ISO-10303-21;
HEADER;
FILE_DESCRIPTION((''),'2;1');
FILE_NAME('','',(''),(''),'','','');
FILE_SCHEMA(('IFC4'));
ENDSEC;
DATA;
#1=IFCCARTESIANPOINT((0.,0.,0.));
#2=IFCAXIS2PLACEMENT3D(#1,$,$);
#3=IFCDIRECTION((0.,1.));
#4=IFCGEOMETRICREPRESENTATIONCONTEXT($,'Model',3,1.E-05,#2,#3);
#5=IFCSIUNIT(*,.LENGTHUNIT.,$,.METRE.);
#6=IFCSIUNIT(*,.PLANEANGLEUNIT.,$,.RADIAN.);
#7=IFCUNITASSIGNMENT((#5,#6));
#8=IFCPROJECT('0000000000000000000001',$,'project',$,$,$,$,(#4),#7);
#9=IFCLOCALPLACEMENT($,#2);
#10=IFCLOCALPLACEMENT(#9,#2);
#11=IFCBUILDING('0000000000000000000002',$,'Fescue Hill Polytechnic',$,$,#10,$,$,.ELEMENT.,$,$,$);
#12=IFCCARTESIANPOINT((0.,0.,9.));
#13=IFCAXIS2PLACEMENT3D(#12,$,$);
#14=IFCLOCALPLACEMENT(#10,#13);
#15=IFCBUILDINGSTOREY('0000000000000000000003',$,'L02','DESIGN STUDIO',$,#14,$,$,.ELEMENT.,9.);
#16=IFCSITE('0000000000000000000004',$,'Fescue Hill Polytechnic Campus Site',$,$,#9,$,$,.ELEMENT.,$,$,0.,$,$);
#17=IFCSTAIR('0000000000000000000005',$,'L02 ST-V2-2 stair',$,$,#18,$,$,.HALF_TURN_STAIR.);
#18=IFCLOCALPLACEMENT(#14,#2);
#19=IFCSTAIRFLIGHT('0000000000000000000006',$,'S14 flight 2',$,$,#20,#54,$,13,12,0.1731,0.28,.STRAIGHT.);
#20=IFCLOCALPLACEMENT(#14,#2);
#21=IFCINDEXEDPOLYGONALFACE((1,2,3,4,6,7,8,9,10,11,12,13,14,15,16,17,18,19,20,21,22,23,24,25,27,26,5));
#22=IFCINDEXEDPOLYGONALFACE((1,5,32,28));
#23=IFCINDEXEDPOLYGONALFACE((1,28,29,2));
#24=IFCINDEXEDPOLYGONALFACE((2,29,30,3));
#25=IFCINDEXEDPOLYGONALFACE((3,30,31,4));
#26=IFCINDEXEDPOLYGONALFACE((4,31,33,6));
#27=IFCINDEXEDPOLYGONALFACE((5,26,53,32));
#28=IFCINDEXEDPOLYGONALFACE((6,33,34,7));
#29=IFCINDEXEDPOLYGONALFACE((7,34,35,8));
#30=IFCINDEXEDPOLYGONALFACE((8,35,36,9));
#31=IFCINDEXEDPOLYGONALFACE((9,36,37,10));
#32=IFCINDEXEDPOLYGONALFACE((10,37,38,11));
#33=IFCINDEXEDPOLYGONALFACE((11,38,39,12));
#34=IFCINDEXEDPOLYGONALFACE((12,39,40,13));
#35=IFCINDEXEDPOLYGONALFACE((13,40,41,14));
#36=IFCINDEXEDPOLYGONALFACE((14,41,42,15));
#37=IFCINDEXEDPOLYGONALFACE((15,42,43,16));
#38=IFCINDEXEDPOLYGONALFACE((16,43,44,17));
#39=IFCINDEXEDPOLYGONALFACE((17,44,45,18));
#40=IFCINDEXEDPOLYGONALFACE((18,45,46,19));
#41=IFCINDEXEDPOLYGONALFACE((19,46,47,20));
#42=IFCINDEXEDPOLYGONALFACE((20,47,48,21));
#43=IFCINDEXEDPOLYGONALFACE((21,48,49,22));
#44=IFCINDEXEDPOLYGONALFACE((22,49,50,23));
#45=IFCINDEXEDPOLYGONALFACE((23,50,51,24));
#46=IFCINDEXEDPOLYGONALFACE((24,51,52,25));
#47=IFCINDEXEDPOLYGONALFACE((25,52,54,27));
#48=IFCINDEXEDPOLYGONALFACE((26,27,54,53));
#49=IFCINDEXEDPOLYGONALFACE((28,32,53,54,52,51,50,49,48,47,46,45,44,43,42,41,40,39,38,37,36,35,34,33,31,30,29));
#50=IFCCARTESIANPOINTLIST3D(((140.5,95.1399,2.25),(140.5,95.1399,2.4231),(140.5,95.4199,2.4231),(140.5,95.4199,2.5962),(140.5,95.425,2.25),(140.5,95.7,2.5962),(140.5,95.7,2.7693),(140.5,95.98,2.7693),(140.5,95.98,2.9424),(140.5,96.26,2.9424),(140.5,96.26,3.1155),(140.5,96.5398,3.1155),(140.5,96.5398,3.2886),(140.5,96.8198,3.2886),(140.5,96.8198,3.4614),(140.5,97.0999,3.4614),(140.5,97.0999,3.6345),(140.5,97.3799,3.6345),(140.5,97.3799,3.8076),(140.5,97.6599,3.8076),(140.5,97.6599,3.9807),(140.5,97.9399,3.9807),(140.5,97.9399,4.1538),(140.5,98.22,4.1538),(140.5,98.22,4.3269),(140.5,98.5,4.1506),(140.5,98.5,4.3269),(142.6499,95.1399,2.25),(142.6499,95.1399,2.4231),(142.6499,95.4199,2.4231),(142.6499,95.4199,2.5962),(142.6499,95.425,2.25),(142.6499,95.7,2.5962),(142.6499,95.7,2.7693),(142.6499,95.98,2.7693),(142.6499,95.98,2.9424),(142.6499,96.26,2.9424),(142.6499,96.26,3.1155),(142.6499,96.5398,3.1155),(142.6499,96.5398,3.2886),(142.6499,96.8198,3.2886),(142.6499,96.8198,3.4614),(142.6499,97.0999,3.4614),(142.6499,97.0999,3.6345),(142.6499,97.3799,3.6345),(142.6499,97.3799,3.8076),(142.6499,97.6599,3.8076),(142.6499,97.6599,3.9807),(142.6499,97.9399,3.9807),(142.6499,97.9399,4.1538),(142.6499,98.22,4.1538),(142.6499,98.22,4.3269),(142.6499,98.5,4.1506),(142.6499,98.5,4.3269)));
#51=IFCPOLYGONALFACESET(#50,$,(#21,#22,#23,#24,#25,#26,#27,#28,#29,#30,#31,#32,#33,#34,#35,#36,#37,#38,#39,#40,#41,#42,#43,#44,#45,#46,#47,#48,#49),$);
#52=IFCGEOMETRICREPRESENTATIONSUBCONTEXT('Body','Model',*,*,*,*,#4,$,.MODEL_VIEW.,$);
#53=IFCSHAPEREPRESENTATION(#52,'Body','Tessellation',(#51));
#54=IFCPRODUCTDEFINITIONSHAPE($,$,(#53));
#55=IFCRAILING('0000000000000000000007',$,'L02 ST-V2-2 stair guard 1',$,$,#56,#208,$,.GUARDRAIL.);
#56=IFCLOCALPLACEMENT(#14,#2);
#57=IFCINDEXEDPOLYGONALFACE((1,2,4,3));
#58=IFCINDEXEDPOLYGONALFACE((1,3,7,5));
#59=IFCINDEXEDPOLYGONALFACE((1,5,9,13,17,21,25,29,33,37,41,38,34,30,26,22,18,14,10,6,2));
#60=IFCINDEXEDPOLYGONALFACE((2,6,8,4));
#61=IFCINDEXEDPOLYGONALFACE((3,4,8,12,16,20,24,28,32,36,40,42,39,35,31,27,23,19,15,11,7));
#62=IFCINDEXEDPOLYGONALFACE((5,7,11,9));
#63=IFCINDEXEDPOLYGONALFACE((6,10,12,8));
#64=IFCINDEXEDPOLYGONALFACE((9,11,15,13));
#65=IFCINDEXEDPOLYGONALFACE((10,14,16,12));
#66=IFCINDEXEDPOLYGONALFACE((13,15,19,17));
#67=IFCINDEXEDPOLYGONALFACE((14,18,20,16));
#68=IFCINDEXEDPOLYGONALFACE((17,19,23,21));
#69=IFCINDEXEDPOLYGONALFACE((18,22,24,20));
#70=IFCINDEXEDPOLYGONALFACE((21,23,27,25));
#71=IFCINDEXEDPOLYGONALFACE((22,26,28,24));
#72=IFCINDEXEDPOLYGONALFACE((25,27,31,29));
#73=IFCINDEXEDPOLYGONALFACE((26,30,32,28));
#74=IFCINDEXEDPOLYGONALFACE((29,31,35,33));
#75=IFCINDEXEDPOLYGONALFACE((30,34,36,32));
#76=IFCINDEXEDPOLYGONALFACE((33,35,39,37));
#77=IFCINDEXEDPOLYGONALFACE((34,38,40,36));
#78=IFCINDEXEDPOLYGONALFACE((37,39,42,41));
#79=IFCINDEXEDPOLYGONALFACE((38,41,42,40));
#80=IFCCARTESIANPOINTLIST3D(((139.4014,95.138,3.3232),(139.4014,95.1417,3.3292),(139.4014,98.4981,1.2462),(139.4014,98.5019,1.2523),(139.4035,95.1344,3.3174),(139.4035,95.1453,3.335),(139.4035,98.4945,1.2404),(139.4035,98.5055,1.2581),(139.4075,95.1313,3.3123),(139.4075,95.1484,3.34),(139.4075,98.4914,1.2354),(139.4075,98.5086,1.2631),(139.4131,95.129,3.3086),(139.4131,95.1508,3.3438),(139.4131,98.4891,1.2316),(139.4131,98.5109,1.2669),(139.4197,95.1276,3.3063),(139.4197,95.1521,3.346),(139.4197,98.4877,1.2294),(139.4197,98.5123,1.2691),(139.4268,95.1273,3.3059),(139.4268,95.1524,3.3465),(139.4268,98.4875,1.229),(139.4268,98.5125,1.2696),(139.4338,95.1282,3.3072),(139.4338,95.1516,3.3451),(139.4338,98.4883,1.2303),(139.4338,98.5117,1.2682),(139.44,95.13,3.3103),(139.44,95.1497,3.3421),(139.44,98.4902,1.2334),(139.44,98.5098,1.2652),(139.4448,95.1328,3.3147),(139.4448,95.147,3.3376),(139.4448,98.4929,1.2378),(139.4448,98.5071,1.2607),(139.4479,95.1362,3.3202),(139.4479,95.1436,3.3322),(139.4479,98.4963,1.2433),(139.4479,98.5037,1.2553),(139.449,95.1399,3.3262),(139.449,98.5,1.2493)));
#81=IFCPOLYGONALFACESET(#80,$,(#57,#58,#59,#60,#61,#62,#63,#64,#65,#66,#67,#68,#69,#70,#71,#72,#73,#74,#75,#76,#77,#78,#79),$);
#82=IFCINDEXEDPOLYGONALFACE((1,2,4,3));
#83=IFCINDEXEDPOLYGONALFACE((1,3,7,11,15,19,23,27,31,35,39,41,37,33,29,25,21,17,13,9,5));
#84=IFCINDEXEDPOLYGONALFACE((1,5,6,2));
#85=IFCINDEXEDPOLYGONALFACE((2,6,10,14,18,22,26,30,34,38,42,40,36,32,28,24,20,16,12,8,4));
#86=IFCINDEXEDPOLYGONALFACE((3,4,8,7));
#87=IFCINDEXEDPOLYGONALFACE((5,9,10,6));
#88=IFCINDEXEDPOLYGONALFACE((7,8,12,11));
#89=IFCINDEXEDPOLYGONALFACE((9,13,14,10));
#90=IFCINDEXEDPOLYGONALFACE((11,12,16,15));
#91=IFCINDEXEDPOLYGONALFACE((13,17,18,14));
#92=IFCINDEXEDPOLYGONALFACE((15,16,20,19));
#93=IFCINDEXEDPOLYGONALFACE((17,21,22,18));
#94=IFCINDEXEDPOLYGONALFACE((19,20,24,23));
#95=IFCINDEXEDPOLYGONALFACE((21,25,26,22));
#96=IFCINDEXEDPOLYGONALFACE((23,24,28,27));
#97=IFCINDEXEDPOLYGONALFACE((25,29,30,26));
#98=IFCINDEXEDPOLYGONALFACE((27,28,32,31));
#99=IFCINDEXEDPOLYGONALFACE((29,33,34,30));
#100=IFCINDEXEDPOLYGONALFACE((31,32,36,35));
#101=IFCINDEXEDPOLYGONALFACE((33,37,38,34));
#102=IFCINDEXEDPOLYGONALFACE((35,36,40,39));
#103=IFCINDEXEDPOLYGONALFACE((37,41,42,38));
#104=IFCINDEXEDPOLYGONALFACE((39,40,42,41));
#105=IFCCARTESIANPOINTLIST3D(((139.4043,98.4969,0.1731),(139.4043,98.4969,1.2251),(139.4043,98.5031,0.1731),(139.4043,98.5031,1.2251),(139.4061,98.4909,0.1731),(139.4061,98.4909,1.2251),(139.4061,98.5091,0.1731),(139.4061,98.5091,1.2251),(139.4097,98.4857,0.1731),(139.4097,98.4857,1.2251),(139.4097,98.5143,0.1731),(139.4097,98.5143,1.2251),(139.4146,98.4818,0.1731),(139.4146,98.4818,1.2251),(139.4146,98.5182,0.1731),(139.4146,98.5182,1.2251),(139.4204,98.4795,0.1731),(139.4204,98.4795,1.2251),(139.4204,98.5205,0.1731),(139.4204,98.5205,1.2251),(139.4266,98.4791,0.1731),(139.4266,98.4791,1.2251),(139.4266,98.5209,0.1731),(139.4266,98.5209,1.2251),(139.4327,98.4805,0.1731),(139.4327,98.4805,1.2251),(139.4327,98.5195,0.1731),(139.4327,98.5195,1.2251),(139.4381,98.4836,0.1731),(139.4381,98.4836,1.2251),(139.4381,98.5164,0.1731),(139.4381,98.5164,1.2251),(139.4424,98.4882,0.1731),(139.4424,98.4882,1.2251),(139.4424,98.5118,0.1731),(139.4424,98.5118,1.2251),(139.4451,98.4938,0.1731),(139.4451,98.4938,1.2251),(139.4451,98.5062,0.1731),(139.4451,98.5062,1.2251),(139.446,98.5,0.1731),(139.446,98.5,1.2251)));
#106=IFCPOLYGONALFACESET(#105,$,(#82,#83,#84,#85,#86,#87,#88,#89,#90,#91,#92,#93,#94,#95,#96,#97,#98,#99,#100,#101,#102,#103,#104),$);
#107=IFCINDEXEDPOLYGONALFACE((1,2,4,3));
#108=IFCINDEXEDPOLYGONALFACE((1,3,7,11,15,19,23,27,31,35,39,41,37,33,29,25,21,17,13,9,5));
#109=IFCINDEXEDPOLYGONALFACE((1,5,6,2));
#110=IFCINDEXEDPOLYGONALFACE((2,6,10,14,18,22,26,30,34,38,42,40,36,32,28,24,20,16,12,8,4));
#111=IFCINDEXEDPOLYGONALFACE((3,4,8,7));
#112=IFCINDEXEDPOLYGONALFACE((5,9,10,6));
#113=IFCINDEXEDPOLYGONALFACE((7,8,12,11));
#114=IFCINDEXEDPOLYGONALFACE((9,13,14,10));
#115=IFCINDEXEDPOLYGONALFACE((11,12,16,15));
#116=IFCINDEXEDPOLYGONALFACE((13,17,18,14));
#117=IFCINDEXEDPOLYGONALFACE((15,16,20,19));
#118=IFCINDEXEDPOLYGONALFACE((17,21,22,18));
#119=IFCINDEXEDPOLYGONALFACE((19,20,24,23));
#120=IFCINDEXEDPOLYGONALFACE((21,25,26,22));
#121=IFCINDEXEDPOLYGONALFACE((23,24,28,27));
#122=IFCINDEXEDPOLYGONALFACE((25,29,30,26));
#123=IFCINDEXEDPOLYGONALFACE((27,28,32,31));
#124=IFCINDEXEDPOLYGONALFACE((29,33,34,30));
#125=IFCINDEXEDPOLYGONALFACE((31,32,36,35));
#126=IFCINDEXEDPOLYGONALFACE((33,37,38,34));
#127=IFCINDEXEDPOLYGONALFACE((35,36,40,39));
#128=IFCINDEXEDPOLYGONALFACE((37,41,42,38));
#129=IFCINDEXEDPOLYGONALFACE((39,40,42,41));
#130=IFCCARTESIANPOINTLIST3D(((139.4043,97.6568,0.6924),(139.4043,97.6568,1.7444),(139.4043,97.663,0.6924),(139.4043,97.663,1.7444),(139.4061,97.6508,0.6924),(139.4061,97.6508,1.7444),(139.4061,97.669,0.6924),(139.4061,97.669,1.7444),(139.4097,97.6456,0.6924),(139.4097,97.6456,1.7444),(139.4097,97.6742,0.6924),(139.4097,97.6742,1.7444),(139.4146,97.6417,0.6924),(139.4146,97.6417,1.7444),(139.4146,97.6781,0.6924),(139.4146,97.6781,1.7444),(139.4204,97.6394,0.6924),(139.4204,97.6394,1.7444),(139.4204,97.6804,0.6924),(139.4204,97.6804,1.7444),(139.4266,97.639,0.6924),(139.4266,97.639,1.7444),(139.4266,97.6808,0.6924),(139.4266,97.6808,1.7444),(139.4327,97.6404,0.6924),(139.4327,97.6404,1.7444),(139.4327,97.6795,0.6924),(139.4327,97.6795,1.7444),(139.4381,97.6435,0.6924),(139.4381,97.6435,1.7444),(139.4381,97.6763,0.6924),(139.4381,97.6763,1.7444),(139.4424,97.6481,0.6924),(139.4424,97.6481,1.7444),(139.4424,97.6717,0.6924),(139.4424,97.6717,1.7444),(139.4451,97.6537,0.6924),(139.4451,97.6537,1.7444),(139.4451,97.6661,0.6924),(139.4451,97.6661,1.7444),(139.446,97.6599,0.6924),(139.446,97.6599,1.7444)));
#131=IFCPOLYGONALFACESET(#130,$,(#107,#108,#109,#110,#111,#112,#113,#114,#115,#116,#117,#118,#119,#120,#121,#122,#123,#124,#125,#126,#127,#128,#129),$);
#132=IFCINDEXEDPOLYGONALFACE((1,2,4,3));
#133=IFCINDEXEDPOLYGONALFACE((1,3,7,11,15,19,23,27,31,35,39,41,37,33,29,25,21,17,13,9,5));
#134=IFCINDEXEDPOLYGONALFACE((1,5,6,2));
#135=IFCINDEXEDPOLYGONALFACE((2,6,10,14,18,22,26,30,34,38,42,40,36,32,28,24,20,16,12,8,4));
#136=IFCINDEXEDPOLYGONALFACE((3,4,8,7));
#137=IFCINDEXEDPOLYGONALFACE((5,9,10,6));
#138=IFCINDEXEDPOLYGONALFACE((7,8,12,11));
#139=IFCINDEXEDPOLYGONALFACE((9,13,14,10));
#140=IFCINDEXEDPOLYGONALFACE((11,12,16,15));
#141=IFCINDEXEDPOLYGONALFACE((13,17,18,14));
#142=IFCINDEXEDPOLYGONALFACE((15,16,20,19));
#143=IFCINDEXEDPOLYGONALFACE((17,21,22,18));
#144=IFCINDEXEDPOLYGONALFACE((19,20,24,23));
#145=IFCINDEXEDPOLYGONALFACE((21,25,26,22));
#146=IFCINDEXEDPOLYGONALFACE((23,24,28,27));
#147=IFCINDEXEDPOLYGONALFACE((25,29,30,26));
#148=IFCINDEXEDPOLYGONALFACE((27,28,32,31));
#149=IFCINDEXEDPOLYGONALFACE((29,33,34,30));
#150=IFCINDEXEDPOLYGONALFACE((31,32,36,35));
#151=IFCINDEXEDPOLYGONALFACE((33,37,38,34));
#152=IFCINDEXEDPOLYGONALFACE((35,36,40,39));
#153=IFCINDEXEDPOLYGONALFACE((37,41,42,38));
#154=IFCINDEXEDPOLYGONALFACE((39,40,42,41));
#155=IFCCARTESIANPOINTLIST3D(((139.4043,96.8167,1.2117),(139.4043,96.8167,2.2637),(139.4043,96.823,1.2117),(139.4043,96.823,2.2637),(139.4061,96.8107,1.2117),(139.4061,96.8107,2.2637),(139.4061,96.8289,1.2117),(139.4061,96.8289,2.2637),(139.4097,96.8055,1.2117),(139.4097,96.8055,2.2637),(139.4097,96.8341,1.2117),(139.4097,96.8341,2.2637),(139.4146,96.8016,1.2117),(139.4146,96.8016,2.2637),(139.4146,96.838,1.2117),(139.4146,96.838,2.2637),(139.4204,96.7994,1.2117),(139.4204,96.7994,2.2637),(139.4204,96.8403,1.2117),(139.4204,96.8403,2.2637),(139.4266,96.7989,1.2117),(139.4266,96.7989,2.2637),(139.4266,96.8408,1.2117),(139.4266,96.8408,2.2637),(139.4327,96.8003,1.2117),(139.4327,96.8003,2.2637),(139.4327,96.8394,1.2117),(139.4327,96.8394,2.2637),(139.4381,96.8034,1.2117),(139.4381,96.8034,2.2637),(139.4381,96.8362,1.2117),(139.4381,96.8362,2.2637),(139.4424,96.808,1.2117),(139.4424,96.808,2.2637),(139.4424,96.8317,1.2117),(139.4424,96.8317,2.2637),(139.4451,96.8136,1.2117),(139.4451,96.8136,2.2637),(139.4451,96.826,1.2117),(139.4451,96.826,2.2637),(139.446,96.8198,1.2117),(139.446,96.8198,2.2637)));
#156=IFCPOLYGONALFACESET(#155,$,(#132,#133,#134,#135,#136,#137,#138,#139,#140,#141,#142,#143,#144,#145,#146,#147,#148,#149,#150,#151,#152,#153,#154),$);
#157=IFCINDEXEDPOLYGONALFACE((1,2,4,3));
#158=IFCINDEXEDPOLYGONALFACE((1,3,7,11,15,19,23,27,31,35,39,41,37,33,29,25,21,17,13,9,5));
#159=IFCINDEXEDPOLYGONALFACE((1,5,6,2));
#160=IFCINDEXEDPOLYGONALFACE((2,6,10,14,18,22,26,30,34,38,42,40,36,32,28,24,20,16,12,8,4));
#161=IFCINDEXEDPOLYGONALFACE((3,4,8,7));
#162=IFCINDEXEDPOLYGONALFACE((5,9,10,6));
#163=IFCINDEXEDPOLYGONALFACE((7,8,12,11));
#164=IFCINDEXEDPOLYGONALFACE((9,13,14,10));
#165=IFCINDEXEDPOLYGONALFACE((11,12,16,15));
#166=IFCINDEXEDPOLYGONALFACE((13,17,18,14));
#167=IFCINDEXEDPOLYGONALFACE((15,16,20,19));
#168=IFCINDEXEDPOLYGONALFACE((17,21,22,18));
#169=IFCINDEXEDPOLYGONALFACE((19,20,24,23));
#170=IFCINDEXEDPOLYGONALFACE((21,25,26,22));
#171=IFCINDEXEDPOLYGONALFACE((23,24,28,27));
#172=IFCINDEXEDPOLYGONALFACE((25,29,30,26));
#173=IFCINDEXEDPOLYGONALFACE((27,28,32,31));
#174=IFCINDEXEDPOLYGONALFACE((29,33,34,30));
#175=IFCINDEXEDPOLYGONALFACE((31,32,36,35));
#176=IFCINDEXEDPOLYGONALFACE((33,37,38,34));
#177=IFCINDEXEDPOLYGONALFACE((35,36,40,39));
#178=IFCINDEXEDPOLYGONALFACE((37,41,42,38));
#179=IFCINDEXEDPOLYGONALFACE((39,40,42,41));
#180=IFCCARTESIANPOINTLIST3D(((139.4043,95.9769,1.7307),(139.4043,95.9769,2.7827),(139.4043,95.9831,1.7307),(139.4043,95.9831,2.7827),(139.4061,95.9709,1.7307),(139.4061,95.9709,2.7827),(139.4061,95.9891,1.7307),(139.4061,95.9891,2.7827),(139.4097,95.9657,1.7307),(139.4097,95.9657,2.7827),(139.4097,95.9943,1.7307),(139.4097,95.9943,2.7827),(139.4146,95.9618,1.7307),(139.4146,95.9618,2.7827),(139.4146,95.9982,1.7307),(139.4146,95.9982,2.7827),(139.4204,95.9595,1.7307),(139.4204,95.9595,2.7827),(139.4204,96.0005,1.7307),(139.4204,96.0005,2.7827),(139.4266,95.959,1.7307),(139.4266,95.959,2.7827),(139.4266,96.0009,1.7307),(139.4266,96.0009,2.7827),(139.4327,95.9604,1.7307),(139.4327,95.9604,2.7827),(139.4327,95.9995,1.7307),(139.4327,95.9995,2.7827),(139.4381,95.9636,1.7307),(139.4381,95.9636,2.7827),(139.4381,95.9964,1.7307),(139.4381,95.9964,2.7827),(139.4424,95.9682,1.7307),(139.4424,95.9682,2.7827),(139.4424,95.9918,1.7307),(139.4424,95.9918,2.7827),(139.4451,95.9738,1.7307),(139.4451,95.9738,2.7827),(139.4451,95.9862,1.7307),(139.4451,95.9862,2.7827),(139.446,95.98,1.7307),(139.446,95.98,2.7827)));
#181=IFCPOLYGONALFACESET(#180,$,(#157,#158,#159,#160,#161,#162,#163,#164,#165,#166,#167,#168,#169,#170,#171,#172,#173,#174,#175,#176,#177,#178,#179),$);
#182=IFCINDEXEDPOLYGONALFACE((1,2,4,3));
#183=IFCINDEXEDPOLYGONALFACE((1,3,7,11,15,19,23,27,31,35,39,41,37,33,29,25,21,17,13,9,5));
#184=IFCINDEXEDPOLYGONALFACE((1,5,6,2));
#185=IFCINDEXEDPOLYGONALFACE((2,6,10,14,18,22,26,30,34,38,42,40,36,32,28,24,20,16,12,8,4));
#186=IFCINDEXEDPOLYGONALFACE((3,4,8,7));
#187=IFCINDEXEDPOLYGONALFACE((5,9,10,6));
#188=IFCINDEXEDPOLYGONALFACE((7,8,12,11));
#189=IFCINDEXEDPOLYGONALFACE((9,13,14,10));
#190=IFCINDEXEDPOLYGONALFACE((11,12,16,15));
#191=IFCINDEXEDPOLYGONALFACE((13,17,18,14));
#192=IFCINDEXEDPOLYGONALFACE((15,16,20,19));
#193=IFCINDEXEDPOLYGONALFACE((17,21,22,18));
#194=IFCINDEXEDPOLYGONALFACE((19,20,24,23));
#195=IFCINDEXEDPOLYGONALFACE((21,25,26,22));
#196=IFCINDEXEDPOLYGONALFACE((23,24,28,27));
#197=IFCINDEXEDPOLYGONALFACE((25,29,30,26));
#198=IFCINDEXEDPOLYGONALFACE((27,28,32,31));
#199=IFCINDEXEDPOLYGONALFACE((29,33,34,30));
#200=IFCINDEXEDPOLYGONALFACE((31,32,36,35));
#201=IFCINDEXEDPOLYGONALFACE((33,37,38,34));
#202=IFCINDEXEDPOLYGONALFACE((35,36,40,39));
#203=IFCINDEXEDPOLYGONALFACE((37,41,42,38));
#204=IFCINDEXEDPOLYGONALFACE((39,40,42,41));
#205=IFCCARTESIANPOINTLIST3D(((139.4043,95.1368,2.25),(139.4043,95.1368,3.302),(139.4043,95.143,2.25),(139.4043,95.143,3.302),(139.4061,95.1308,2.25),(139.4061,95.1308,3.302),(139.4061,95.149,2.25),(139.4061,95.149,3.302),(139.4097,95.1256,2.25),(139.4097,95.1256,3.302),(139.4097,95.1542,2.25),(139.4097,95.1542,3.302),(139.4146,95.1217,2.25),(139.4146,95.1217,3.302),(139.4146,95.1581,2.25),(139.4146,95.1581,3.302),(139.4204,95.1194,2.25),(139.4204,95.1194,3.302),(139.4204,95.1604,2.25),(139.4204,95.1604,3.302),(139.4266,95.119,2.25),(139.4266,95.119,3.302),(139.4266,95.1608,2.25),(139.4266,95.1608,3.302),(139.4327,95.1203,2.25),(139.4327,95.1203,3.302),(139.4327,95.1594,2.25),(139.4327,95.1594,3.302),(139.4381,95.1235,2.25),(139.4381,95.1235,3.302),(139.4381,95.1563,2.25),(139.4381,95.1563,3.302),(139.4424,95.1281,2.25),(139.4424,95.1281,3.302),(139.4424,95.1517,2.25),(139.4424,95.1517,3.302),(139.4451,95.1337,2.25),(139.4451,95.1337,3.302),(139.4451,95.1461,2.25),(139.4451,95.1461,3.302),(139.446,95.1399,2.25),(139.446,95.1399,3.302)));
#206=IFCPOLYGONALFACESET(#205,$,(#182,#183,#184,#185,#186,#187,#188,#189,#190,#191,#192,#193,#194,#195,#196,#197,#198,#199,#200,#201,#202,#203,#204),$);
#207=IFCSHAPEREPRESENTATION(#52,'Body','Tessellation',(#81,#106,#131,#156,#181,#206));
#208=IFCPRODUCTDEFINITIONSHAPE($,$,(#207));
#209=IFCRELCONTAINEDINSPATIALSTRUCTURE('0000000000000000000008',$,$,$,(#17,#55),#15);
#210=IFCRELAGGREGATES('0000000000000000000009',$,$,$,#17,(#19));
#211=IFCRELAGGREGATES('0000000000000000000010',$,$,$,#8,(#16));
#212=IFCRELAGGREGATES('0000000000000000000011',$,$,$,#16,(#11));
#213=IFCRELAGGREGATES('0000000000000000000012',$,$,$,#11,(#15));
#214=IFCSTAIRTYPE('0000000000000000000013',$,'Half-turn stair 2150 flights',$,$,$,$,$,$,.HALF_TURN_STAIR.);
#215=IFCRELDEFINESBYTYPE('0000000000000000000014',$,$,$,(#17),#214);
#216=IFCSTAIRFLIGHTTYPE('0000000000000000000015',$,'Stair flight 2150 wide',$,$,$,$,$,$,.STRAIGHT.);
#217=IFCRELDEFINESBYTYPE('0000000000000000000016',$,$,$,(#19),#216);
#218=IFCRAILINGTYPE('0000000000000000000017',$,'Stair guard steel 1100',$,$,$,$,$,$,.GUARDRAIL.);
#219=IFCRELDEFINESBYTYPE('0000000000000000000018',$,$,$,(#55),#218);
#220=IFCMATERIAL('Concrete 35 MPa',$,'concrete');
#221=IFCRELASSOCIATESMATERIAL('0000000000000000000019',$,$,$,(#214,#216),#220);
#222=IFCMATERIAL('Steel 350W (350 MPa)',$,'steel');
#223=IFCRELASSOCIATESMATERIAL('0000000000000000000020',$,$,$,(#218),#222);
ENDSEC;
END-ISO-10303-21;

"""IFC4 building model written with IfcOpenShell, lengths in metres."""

from ifc_helpers import new_model, si_unit, direction, frame, origin, origin_2d, place, context, subcontext, project, spatial, polyline, circle, outline, extrude, material, type_object, element, aggregate, save


model = new_model("IFC4")

# Units and contexts
model_context = context("Model", 3, precision=1e-05, world=origin(), true_north=direction((0.0, 1.0)))
body_context = subcontext(model_context, "Body", "Model", "MODEL_VIEW")
ifc_project = project(units=[si_unit("LENGTHUNIT", "METRE"), si_unit("PLANEANGLEUNIT", "RADIAN")], contexts=[model_context])

# Site, building, storey
site_placement = place(None, origin())
site = spatial("IfcSite", under=ifc_project, at=site_placement, Name="Fescue Hill Polytechnic Campus Site", CompositionType="ELEMENT", RefElevation=0.0)
building_placement = place(site_placement, origin())
building = spatial("IfcBuilding", under=site, at=building_placement, Name="Fescue Hill Polytechnic", CompositionType="ELEMENT")
storey_placement = place(building_placement, frame((0.0, 0.0, 9.0)))
storey = spatial("IfcBuildingStorey", under=building, at=storey_placement, Name="L02", Description="DESIGN STUDIO", CompositionType="ELEMENT", Elevation=9.0)

# Shared definitions
ifc_material_1 = material(Name="Concrete 35 MPa", Category="concrete")

# Stair, stair flight
stair_type = type_object("IfcStairType", Name="Half-turn stair 2150 flights", PredefinedType="HALF_TURN_STAIR", material=ifc_material_1)
stair_placement = place(storey_placement, origin())
stair = element("IfcStair", 1, at=stair_placement, inside=storey, type_object=stair_type, Name="L02 ST-V2-2 stair", PredefinedType="HALF_TURN_STAIR")
stair_flight_type = type_object("IfcStairFlightType", Name="Stair flight 2150 wide", PredefinedType="STRAIGHT", material=ifc_material_1)
stair_flight_1_placement = place(storey_placement, frame((141.575, 95.1399, 2.25), z_axis=(0.0, 0.0, 1.0), x_axis=(0.0, 1.0, 0.0)))
stair_flight_1 = element("IfcStairFlight", 2, at=stair_flight_1_placement, type_object=stair_flight_type, Name="S14 flight 2", NumberOfRisers=13, NumberOfTreads=12, PredefinedType="STRAIGHT", RiserHeight=0.1731, TreadLength=0.28, context=body_context, shape_type="SweptSolid", body=[
    extrude(outline(polyline([(0.0, 0.0), (0.0, 0.1731), (0.28, 0.1731), (0.28, 0.3462), (0.5601, 0.3462), (0.5601, 0.5193), (0.8401, 0.5193), (0.8401, 0.6924), (1.1201, 0.6924), (1.1201, 0.8655), (1.3999, 0.8655), (1.3999, 1.0386), (1.6799, 1.0386), (1.6799, 1.2114), (1.96, 1.2114), (1.96, 1.3845), (2.24, 1.3845), (2.24, 1.5576), (2.52, 1.5576), (2.52, 1.7307), (2.8, 1.7307), (2.8, 1.9038), (3.0801, 1.9038), (3.0801, 2.0769), (3.3601, 2.0769), (3.3601, 2.25), (3.3601, 1.9006), (0.2852, 0.0), (0.0, 0.0)])), frame((0.0, 1.075, 0.0), z_axis=(0.0, -1.0, 0.0), x_axis=(1.0, 0.0, 0.0)), (0.0, 0.0, 1.0), 2.1499),
])
aggregate(stair, [stair_flight_1])

# Railing
ifc_material_2 = material(Name="Steel 350W (350 MPa)", Category="steel")
railing_type_1 = type_object("IfcRailingType", Name="Stair guard steel 1100", PredefinedType="GUARDRAIL", material=ifc_material_2)
railing_1_placement = place(storey_placement, frame((139.425, 98.5, 0.1731)))
element("IfcRailing", 3, at=railing_1_placement, inside=storey, type_object=railing_type_1, Name="L02 ST-V2-2 stair guard 1", PredefinedType="GUARDRAIL", context=body_context, shape_type="SweptSolid", body=[
    extrude(circle(Radius=0.0239, at=origin_2d()), frame((0.0, 0.0, 1.0762), z_axis=(0.0, -0.850623, 0.525776), x_axis=(1.0, 0.0, 0.0)), (0.0, 0.0, 1.0), 3.9502),
    extrude(circle(Radius=0.021, at=origin_2d()), origin(), (0.0, 0.0, 1.0), 1.052),
    extrude(circle(Radius=0.021, at=origin_2d()), frame((0.0, -0.8401, 0.5193)), (0.0, 0.0, 1.0), 1.052),
    extrude(circle(Radius=0.021, at=origin_2d()), frame((0.0, -1.6802, 1.0386)), (0.0, 0.0, 1.0), 1.052),
    extrude(circle(Radius=0.021, at=origin_2d()), frame((0.0, -2.52, 1.5576)), (0.0, 0.0, 1.0), 1.052),
    extrude(circle(Radius=0.021, at=origin_2d()), frame((0.0, -3.3601, 2.0769)), (0.0, 0.0, 1.0), 1.052),
])

save(model, "model.ifc")
